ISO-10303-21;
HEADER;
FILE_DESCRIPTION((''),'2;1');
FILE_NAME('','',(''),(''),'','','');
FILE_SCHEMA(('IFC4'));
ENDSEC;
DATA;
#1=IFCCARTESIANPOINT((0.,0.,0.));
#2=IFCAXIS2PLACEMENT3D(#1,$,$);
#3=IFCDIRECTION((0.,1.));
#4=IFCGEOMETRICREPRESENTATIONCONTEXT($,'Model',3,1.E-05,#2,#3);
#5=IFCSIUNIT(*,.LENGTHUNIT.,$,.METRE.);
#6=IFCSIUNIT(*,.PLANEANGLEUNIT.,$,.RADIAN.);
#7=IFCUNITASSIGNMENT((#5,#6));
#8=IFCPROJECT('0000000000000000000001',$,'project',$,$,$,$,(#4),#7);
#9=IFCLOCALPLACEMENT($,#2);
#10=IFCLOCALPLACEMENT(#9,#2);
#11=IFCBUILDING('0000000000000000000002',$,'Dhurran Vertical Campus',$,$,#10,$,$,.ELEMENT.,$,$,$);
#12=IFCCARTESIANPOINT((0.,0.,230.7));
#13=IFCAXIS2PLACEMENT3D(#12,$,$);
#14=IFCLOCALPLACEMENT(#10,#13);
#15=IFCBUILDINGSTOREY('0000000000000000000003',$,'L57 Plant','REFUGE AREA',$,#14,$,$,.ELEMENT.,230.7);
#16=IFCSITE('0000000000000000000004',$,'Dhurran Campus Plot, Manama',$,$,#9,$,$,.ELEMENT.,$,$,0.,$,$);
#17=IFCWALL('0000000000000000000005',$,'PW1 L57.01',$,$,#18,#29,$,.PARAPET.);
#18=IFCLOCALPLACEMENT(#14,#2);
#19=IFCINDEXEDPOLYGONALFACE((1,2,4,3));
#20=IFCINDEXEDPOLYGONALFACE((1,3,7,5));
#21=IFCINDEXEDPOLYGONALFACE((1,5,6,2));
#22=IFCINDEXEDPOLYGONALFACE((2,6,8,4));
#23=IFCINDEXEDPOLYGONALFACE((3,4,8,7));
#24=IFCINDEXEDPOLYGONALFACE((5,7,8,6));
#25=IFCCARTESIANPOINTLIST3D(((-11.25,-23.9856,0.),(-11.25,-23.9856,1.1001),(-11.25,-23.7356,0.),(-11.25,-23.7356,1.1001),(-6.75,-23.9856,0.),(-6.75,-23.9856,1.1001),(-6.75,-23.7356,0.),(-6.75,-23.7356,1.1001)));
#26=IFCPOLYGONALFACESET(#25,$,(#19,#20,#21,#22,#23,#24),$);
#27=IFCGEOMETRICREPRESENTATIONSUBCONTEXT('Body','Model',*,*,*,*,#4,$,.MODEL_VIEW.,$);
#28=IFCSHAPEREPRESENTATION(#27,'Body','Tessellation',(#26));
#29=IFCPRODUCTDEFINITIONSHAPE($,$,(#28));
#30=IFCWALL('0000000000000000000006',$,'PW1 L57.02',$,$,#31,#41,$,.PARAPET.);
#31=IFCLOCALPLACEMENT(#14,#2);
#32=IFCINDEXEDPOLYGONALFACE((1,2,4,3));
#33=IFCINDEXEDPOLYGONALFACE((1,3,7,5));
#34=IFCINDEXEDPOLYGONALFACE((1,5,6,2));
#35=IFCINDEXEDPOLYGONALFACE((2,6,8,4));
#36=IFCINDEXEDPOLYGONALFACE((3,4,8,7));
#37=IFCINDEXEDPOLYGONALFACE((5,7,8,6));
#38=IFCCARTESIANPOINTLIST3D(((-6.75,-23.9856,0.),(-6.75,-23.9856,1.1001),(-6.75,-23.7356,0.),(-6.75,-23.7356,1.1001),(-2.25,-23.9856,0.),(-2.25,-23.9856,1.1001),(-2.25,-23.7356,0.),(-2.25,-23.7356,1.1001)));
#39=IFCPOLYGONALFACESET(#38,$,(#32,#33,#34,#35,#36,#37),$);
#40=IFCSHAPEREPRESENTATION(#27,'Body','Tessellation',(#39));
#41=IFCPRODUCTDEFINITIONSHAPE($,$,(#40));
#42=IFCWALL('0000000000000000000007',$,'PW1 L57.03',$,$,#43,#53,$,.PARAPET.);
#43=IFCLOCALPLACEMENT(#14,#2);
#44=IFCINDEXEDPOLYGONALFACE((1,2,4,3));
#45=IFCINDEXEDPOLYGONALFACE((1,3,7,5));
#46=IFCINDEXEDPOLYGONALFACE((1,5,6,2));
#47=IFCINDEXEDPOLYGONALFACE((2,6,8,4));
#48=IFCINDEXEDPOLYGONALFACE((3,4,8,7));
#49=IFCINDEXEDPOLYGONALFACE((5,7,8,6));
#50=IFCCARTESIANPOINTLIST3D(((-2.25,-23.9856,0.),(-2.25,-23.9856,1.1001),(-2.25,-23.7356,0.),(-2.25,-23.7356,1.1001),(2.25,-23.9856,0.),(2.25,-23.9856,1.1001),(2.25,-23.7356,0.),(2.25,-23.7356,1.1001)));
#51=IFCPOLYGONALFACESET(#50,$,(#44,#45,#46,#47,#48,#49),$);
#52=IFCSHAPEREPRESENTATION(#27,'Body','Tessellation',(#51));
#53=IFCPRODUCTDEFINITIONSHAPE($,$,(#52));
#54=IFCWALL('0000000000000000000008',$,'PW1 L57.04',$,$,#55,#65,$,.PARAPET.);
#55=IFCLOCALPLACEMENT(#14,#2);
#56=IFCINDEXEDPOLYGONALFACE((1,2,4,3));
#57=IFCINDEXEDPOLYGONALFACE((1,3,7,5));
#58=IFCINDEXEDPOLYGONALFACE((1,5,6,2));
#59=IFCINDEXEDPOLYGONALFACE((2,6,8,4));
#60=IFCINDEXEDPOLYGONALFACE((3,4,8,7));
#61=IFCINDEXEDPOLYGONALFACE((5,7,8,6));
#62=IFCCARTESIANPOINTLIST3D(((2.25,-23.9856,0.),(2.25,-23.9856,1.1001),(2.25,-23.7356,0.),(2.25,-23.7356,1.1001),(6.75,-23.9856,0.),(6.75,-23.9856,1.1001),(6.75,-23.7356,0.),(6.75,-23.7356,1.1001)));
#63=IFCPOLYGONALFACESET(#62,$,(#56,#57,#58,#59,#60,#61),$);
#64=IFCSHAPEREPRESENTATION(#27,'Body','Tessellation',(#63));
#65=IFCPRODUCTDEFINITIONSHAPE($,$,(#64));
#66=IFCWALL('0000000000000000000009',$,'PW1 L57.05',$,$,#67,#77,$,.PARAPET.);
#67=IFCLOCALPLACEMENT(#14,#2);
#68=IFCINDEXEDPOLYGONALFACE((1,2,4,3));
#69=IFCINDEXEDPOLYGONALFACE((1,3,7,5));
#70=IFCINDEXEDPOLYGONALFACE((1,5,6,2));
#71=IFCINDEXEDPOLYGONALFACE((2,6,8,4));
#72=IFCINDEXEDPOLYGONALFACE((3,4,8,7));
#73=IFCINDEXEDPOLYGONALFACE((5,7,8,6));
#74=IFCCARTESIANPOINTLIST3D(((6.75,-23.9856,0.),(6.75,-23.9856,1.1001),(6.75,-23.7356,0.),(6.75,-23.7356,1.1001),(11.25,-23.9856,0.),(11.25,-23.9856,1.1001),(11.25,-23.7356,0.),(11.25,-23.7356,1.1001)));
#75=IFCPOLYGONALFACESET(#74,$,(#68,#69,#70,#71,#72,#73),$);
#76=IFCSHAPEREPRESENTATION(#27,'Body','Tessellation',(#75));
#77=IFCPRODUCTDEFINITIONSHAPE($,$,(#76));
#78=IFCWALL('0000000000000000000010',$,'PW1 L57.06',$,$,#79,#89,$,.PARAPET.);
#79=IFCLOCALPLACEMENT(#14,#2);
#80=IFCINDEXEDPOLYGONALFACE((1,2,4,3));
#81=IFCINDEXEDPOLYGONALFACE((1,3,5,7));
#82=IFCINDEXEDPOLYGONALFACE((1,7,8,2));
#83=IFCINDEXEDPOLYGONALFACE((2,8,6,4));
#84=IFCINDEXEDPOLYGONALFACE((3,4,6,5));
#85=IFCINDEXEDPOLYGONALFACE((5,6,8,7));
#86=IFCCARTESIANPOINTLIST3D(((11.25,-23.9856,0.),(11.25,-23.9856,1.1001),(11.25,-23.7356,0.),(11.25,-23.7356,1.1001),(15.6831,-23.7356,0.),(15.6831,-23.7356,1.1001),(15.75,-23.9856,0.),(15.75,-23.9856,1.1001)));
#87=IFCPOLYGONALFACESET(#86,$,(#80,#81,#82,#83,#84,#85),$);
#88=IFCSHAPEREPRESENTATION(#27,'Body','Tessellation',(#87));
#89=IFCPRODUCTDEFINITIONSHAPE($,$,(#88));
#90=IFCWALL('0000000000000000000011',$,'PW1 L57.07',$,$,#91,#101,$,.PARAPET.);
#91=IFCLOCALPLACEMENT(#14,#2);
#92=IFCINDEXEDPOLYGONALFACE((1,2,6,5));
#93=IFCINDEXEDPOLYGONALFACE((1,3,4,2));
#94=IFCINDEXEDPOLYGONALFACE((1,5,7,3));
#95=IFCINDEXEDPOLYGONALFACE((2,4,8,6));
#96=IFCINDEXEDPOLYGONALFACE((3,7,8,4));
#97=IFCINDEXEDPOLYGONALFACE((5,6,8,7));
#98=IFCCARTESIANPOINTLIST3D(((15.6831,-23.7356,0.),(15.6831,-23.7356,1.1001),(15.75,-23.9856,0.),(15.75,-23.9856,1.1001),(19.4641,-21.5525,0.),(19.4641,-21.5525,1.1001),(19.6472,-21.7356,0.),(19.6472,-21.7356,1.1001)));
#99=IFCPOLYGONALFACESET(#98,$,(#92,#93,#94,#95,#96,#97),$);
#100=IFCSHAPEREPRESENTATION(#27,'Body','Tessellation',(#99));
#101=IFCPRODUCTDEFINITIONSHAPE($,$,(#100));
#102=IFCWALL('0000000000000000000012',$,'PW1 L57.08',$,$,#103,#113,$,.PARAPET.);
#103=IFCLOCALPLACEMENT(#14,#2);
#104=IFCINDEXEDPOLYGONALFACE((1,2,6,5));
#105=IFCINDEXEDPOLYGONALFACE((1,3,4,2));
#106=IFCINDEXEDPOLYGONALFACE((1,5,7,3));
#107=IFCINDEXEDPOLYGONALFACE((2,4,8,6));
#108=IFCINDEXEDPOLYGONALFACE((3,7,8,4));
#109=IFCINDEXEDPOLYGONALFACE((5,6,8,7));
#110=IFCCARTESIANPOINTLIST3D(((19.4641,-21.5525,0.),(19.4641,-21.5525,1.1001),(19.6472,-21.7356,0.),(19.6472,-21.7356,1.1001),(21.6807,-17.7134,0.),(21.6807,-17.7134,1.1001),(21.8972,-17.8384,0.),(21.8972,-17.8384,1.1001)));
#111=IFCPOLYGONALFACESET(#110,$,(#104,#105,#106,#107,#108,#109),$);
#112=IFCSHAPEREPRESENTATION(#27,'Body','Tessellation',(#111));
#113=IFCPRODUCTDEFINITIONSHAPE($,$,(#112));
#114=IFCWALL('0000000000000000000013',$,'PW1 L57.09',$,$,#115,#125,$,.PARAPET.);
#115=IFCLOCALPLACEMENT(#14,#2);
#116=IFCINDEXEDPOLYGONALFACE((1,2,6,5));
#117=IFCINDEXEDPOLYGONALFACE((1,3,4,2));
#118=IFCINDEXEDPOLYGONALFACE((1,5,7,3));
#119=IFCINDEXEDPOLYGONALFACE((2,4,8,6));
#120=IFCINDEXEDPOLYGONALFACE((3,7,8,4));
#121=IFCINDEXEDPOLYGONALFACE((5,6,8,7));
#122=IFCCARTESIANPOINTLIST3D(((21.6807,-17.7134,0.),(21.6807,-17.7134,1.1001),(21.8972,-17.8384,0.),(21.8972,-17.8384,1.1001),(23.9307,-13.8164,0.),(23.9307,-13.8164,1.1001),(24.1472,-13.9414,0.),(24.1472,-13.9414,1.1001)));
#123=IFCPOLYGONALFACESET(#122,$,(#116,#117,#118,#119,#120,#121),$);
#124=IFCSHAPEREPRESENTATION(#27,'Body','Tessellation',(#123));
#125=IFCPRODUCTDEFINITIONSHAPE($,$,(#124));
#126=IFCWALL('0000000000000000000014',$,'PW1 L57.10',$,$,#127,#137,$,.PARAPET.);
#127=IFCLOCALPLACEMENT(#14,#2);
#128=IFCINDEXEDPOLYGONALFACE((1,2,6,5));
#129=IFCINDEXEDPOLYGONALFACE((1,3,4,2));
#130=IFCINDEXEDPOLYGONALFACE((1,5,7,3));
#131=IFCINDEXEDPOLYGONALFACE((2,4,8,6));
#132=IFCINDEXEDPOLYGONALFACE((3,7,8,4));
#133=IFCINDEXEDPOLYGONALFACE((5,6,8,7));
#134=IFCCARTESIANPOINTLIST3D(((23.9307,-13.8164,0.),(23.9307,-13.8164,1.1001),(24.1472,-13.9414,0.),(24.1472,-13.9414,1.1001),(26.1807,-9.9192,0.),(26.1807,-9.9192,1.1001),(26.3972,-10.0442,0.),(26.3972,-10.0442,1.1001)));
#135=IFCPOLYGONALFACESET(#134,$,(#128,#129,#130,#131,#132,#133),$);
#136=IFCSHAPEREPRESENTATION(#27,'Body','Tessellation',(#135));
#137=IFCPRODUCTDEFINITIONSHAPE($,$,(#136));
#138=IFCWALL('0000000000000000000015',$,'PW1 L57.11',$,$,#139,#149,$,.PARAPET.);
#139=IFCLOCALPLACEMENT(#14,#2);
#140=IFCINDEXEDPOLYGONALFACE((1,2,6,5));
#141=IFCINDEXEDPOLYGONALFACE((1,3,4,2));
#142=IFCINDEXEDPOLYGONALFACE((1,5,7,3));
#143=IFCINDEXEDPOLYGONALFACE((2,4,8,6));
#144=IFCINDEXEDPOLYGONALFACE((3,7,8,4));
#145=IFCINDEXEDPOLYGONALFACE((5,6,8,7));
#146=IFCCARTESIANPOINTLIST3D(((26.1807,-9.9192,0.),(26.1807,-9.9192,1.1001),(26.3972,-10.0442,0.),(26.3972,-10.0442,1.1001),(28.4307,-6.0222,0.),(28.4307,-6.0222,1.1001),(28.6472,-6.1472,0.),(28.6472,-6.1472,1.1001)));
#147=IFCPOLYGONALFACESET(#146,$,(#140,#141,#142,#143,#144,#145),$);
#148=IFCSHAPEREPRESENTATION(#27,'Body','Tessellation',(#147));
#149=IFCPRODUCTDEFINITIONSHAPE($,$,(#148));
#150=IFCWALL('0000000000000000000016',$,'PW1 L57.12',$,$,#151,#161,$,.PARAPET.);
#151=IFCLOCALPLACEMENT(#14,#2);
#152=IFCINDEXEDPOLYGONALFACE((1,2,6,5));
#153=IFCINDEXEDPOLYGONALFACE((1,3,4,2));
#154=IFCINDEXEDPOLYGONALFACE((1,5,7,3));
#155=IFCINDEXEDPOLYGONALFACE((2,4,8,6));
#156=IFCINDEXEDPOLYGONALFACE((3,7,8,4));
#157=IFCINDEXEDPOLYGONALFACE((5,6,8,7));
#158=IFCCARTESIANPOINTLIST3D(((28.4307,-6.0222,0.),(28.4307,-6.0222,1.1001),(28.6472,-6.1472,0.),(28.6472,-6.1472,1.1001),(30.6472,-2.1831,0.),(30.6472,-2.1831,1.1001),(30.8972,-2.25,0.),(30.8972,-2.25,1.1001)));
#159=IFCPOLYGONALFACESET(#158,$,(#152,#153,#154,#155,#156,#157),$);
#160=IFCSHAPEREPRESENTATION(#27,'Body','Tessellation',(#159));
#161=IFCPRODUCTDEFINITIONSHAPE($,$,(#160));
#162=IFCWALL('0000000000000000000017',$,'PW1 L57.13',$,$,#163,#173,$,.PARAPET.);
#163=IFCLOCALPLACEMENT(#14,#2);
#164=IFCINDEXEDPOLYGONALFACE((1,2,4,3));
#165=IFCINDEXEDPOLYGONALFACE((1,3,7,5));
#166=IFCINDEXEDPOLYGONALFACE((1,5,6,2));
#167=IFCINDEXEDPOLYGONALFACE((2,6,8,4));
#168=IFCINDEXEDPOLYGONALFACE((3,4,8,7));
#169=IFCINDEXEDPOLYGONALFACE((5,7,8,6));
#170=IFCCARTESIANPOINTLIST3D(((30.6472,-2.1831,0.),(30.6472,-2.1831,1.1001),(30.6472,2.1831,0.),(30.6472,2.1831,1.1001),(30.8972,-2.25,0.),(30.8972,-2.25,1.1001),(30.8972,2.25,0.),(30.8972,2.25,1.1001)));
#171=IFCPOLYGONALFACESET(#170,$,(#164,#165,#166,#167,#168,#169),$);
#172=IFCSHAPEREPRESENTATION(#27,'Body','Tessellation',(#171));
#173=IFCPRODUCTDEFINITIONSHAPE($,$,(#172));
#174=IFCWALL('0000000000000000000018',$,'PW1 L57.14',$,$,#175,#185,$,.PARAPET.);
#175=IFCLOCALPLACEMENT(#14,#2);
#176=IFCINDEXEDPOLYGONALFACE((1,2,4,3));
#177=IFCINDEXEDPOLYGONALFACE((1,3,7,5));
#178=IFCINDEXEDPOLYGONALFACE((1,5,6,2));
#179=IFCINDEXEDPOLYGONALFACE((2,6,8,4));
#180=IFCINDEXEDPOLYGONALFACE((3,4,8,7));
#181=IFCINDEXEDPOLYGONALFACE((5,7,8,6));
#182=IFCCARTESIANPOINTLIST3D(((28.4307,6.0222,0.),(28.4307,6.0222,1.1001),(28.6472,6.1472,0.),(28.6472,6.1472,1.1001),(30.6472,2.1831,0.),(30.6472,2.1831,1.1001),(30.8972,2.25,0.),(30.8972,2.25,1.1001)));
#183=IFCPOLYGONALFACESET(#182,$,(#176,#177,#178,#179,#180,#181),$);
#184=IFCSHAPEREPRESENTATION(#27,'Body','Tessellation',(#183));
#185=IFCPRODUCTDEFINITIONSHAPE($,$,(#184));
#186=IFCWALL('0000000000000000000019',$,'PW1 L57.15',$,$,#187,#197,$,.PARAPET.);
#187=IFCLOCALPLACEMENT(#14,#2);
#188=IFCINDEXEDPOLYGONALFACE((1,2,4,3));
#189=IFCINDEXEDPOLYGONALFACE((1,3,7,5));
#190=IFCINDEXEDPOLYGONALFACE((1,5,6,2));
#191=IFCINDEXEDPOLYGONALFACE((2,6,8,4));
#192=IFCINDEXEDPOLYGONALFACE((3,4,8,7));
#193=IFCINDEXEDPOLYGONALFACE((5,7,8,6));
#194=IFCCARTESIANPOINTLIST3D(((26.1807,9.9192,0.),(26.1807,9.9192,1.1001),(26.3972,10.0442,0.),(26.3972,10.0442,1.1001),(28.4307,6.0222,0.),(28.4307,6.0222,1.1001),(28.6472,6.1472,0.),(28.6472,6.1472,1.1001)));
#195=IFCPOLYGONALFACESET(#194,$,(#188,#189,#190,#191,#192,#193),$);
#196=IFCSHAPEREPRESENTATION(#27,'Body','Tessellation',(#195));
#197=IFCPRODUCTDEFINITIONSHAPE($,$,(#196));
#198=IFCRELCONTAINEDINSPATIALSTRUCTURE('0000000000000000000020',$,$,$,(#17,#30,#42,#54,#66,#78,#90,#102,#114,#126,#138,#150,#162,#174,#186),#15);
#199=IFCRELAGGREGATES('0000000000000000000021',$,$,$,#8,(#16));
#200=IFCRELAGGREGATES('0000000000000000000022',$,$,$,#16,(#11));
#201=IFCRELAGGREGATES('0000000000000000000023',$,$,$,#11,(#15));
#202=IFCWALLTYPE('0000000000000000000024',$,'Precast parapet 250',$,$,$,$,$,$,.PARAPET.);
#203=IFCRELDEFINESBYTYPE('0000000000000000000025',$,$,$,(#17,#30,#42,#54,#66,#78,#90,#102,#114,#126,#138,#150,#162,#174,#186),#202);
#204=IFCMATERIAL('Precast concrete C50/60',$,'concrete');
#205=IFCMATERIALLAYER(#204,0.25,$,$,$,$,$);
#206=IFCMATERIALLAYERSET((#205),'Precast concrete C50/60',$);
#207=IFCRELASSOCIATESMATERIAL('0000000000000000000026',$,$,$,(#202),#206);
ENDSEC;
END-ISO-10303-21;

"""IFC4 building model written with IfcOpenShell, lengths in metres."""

from ifc_helpers import new_model, si_unit, direction, frame, origin, place, context, subcontext, project, spatial, polyline, outline, extrude, material, layer, layer_set, type_object, element, save


model = new_model("IFC4")

# Units and contexts
model_context = context("Model", 3, precision=1e-05, world=origin(), true_north=direction((0.0, 1.0)))
body_context = subcontext(model_context, "Body", "Model", "MODEL_VIEW")
ifc_project = project(units=[si_unit("LENGTHUNIT", "METRE"), si_unit("PLANEANGLEUNIT", "RADIAN")], contexts=[model_context])

# Site, building, storey
site_placement = place(None, origin())
site = spatial("IfcSite", under=ifc_project, at=site_placement, Name="Dhurran Campus Plot, Manama", CompositionType="ELEMENT", RefElevation=0.0)
building_placement = place(site_placement, origin())
building = spatial("IfcBuilding", under=site, at=building_placement, Name="Dhurran Vertical Campus", CompositionType="ELEMENT")
storey_placement = place(building_placement, frame((0.0, 0.0, 230.7)))
storey = spatial("IfcBuildingStorey", under=building, at=storey_placement, Name="L57 Plant", Description="REFUGE AREA", CompositionType="ELEMENT", Elevation=230.7)

# Walls
ifc_material = material(Name="Precast concrete C50/60", Category="concrete")
ifc_layer = layer(ifc_material, 0.25)
ifc_layer_set = layer_set([ifc_layer], Name="Precast concrete C50/60")
wall_type = type_object("IfcWallType", Name="Precast parapet 250", PredefinedType="PARAPET", material=ifc_layer_set)
wall_1_placement = place(storey_placement, origin())
element("IfcWall", 1, at=wall_1_placement, inside=storey, type_object=wall_type, Name="PW1 L57.01", PredefinedType="PARAPET", context=body_context, shape_type="SweptSolid", body=[
    extrude(outline(polyline([(-11.25, -23.9856), (-6.75, -23.9856), (-6.75, -23.7356), (-11.25, -23.7356), (-11.25, -23.9856)])), origin(), (0.0, 0.0, 1.0), 1.1001),
])
wall_2_placement = place(storey_placement, origin())
element("IfcWall", 2, at=wall_2_placement, inside=storey, type_object=wall_type, Name="PW1 L57.02", PredefinedType="PARAPET", context=body_context, shape_type="SweptSolid", body=[
    extrude(outline(polyline([(-6.75, -23.9856), (-2.25, -23.9856), (-2.25, -23.7356), (-6.75, -23.7356), (-6.75, -23.9856)])), origin(), (0.0, 0.0, 1.0), 1.1001),
])
wall_3_placement = place(storey_placement, origin())
element("IfcWall", 3, at=wall_3_placement, inside=storey, type_object=wall_type, Name="PW1 L57.03", PredefinedType="PARAPET", context=body_context, shape_type="SweptSolid", body=[
    extrude(outline(polyline([(-2.25, -23.9856), (2.25, -23.9856), (2.25, -23.7356), (-2.25, -23.7356), (-2.25, -23.9856)])), origin(), (0.0, 0.0, 1.0), 1.1001),
])
wall_4_placement = place(storey_placement, origin())
element("IfcWall", 4, at=wall_4_placement, inside=storey, type_object=wall_type, Name="PW1 L57.04", PredefinedType="PARAPET", context=body_context, shape_type="SweptSolid", body=[
    extrude(outline(polyline([(2.25, -23.9856), (6.75, -23.9856), (6.75, -23.7356), (2.25, -23.7356), (2.25, -23.9856)])), origin(), (0.0, 0.0, 1.0), 1.1001),
])
wall_5_placement = place(storey_placement, origin())
element("IfcWall", 5, at=wall_5_placement, inside=storey, type_object=wall_type, Name="PW1 L57.05", PredefinedType="PARAPET", context=body_context, shape_type="SweptSolid", body=[
    extrude(outline(polyline([(6.75, -23.9856), (11.25, -23.9856), (11.25, -23.7356), (6.75, -23.7356), (6.75, -23.9856)])), origin(), (0.0, 0.0, 1.0), 1.1001),
])
wall_6_placement = place(storey_placement, origin())
element("IfcWall", 6, at=wall_6_placement, inside=storey, type_object=wall_type, Name="PW1 L57.06", PredefinedType="PARAPET", context=body_context, shape_type="SweptSolid", body=[
    extrude(outline(polyline([(11.25, -23.9856), (15.75, -23.9856), (15.6831, -23.7356), (11.25, -23.7356), (11.25, -23.9856)])), origin(), (0.0, 0.0, 1.0), 1.1001),
])
wall_7_placement = place(storey_placement, origin())
element("IfcWall", 7, at=wall_7_placement, inside=storey, type_object=wall_type, Name="PW1 L57.07", PredefinedType="PARAPET", context=body_context, shape_type="SweptSolid", body=[
    extrude(outline(polyline([(15.75, -23.9856), (19.6472, -21.7356), (19.4641, -21.5525), (15.6831, -23.7356), (15.75, -23.9856)])), origin(), (0.0, 0.0, 1.0), 1.1001),
])
wall_8_placement = place(storey_placement, origin())
element("IfcWall", 8, at=wall_8_placement, inside=storey, type_object=wall_type, Name="PW1 L57.08", PredefinedType="PARAPET", context=body_context, shape_type="SweptSolid", body=[
    extrude(outline(polyline([(19.6472, -21.7356), (21.8972, -17.8384), (21.6807, -17.7134), (19.4641, -21.5525), (19.6472, -21.7356)])), origin(), (0.0, 0.0, 1.0), 1.1001),
])
wall_9_placement = place(storey_placement, origin())
element("IfcWall", 9, at=wall_9_placement, inside=storey, type_object=wall_type, Name="PW1 L57.09", PredefinedType="PARAPET", context=body_context, shape_type="SweptSolid", body=[
    extrude(outline(polyline([(21.8972, -17.8384), (24.1472, -13.9414), (23.9307, -13.8164), (21.6807, -17.7134), (21.8972, -17.8384)])), origin(), (0.0, 0.0, 1.0), 1.1001),
])
wall_10_placement = place(storey_placement, origin())
element("IfcWall", 10, at=wall_10_placement, inside=storey, type_object=wall_type, Name="PW1 L57.10", PredefinedType="PARAPET", context=body_context, shape_type="SweptSolid", body=[
    extrude(outline(polyline([(24.1472, -13.9414), (26.3972, -10.0442), (26.1807, -9.9192), (23.9307, -13.8164), (24.1472, -13.9414)])), origin(), (0.0, 0.0, 1.0), 1.1001),
])
wall_11_placement = place(storey_placement, origin())
element("IfcWall", 11, at=wall_11_placement, inside=storey, type_object=wall_type, Name="PW1 L57.11", PredefinedType="PARAPET", context=body_context, shape_type="SweptSolid", body=[
    extrude(outline(polyline([(26.3972, -10.0442), (28.6472, -6.1472), (28.4307, -6.0222), (26.1807, -9.9192), (26.3972, -10.0442)])), origin(), (0.0, 0.0, 1.0), 1.1001),
])
wall_12_placement = place(storey_placement, origin())
element("IfcWall", 12, at=wall_12_placement, inside=storey, type_object=wall_type, Name="PW1 L57.12", PredefinedType="PARAPET", context=body_context, shape_type="SweptSolid", body=[
    extrude(outline(polyline([(28.6472, -6.1472), (30.8972, -2.25), (30.6472, -2.1831), (28.4307, -6.0222), (28.6472, -6.1472)])), origin(), (0.0, 0.0, 1.0), 1.1001),
])
wall_13_placement = place(storey_placement, origin())
element("IfcWall", 13, at=wall_13_placement, inside=storey, type_object=wall_type, Name="PW1 L57.13", PredefinedType="PARAPET", context=body_context, shape_type="SweptSolid", body=[
    extrude(outline(polyline([(30.8972, -2.25), (30.8972, 2.25), (30.6472, 2.1831), (30.6472, -2.1831), (30.8972, -2.25)])), origin(), (0.0, 0.0, 1.0), 1.1001),
])
wall_14_placement = place(storey_placement, origin())
element("IfcWall", 14, at=wall_14_placement, inside=storey, type_object=wall_type, Name="PW1 L57.14", PredefinedType="PARAPET", context=body_context, shape_type="SweptSolid", body=[
    extrude(outline(polyline([(30.8972, 2.25), (28.6472, 6.1472), (28.4307, 6.0222), (30.6472, 2.1831), (30.8972, 2.25)])), origin(), (0.0, 0.0, 1.0), 1.1001),
])
wall_15_placement = place(storey_placement, origin())
element("IfcWall", 15, at=wall_15_placement, inside=storey, type_object=wall_type, Name="PW1 L57.15", PredefinedType="PARAPET", context=body_context, shape_type="SweptSolid", body=[
    extrude(outline(polyline([(28.6472, 6.1472), (26.3972, 10.0442), (26.1807, 9.9192), (28.4307, 6.0222), (28.6472, 6.1472)])), origin(), (0.0, 0.0, 1.0), 1.1001),
])

save(model, "model.ifc")
